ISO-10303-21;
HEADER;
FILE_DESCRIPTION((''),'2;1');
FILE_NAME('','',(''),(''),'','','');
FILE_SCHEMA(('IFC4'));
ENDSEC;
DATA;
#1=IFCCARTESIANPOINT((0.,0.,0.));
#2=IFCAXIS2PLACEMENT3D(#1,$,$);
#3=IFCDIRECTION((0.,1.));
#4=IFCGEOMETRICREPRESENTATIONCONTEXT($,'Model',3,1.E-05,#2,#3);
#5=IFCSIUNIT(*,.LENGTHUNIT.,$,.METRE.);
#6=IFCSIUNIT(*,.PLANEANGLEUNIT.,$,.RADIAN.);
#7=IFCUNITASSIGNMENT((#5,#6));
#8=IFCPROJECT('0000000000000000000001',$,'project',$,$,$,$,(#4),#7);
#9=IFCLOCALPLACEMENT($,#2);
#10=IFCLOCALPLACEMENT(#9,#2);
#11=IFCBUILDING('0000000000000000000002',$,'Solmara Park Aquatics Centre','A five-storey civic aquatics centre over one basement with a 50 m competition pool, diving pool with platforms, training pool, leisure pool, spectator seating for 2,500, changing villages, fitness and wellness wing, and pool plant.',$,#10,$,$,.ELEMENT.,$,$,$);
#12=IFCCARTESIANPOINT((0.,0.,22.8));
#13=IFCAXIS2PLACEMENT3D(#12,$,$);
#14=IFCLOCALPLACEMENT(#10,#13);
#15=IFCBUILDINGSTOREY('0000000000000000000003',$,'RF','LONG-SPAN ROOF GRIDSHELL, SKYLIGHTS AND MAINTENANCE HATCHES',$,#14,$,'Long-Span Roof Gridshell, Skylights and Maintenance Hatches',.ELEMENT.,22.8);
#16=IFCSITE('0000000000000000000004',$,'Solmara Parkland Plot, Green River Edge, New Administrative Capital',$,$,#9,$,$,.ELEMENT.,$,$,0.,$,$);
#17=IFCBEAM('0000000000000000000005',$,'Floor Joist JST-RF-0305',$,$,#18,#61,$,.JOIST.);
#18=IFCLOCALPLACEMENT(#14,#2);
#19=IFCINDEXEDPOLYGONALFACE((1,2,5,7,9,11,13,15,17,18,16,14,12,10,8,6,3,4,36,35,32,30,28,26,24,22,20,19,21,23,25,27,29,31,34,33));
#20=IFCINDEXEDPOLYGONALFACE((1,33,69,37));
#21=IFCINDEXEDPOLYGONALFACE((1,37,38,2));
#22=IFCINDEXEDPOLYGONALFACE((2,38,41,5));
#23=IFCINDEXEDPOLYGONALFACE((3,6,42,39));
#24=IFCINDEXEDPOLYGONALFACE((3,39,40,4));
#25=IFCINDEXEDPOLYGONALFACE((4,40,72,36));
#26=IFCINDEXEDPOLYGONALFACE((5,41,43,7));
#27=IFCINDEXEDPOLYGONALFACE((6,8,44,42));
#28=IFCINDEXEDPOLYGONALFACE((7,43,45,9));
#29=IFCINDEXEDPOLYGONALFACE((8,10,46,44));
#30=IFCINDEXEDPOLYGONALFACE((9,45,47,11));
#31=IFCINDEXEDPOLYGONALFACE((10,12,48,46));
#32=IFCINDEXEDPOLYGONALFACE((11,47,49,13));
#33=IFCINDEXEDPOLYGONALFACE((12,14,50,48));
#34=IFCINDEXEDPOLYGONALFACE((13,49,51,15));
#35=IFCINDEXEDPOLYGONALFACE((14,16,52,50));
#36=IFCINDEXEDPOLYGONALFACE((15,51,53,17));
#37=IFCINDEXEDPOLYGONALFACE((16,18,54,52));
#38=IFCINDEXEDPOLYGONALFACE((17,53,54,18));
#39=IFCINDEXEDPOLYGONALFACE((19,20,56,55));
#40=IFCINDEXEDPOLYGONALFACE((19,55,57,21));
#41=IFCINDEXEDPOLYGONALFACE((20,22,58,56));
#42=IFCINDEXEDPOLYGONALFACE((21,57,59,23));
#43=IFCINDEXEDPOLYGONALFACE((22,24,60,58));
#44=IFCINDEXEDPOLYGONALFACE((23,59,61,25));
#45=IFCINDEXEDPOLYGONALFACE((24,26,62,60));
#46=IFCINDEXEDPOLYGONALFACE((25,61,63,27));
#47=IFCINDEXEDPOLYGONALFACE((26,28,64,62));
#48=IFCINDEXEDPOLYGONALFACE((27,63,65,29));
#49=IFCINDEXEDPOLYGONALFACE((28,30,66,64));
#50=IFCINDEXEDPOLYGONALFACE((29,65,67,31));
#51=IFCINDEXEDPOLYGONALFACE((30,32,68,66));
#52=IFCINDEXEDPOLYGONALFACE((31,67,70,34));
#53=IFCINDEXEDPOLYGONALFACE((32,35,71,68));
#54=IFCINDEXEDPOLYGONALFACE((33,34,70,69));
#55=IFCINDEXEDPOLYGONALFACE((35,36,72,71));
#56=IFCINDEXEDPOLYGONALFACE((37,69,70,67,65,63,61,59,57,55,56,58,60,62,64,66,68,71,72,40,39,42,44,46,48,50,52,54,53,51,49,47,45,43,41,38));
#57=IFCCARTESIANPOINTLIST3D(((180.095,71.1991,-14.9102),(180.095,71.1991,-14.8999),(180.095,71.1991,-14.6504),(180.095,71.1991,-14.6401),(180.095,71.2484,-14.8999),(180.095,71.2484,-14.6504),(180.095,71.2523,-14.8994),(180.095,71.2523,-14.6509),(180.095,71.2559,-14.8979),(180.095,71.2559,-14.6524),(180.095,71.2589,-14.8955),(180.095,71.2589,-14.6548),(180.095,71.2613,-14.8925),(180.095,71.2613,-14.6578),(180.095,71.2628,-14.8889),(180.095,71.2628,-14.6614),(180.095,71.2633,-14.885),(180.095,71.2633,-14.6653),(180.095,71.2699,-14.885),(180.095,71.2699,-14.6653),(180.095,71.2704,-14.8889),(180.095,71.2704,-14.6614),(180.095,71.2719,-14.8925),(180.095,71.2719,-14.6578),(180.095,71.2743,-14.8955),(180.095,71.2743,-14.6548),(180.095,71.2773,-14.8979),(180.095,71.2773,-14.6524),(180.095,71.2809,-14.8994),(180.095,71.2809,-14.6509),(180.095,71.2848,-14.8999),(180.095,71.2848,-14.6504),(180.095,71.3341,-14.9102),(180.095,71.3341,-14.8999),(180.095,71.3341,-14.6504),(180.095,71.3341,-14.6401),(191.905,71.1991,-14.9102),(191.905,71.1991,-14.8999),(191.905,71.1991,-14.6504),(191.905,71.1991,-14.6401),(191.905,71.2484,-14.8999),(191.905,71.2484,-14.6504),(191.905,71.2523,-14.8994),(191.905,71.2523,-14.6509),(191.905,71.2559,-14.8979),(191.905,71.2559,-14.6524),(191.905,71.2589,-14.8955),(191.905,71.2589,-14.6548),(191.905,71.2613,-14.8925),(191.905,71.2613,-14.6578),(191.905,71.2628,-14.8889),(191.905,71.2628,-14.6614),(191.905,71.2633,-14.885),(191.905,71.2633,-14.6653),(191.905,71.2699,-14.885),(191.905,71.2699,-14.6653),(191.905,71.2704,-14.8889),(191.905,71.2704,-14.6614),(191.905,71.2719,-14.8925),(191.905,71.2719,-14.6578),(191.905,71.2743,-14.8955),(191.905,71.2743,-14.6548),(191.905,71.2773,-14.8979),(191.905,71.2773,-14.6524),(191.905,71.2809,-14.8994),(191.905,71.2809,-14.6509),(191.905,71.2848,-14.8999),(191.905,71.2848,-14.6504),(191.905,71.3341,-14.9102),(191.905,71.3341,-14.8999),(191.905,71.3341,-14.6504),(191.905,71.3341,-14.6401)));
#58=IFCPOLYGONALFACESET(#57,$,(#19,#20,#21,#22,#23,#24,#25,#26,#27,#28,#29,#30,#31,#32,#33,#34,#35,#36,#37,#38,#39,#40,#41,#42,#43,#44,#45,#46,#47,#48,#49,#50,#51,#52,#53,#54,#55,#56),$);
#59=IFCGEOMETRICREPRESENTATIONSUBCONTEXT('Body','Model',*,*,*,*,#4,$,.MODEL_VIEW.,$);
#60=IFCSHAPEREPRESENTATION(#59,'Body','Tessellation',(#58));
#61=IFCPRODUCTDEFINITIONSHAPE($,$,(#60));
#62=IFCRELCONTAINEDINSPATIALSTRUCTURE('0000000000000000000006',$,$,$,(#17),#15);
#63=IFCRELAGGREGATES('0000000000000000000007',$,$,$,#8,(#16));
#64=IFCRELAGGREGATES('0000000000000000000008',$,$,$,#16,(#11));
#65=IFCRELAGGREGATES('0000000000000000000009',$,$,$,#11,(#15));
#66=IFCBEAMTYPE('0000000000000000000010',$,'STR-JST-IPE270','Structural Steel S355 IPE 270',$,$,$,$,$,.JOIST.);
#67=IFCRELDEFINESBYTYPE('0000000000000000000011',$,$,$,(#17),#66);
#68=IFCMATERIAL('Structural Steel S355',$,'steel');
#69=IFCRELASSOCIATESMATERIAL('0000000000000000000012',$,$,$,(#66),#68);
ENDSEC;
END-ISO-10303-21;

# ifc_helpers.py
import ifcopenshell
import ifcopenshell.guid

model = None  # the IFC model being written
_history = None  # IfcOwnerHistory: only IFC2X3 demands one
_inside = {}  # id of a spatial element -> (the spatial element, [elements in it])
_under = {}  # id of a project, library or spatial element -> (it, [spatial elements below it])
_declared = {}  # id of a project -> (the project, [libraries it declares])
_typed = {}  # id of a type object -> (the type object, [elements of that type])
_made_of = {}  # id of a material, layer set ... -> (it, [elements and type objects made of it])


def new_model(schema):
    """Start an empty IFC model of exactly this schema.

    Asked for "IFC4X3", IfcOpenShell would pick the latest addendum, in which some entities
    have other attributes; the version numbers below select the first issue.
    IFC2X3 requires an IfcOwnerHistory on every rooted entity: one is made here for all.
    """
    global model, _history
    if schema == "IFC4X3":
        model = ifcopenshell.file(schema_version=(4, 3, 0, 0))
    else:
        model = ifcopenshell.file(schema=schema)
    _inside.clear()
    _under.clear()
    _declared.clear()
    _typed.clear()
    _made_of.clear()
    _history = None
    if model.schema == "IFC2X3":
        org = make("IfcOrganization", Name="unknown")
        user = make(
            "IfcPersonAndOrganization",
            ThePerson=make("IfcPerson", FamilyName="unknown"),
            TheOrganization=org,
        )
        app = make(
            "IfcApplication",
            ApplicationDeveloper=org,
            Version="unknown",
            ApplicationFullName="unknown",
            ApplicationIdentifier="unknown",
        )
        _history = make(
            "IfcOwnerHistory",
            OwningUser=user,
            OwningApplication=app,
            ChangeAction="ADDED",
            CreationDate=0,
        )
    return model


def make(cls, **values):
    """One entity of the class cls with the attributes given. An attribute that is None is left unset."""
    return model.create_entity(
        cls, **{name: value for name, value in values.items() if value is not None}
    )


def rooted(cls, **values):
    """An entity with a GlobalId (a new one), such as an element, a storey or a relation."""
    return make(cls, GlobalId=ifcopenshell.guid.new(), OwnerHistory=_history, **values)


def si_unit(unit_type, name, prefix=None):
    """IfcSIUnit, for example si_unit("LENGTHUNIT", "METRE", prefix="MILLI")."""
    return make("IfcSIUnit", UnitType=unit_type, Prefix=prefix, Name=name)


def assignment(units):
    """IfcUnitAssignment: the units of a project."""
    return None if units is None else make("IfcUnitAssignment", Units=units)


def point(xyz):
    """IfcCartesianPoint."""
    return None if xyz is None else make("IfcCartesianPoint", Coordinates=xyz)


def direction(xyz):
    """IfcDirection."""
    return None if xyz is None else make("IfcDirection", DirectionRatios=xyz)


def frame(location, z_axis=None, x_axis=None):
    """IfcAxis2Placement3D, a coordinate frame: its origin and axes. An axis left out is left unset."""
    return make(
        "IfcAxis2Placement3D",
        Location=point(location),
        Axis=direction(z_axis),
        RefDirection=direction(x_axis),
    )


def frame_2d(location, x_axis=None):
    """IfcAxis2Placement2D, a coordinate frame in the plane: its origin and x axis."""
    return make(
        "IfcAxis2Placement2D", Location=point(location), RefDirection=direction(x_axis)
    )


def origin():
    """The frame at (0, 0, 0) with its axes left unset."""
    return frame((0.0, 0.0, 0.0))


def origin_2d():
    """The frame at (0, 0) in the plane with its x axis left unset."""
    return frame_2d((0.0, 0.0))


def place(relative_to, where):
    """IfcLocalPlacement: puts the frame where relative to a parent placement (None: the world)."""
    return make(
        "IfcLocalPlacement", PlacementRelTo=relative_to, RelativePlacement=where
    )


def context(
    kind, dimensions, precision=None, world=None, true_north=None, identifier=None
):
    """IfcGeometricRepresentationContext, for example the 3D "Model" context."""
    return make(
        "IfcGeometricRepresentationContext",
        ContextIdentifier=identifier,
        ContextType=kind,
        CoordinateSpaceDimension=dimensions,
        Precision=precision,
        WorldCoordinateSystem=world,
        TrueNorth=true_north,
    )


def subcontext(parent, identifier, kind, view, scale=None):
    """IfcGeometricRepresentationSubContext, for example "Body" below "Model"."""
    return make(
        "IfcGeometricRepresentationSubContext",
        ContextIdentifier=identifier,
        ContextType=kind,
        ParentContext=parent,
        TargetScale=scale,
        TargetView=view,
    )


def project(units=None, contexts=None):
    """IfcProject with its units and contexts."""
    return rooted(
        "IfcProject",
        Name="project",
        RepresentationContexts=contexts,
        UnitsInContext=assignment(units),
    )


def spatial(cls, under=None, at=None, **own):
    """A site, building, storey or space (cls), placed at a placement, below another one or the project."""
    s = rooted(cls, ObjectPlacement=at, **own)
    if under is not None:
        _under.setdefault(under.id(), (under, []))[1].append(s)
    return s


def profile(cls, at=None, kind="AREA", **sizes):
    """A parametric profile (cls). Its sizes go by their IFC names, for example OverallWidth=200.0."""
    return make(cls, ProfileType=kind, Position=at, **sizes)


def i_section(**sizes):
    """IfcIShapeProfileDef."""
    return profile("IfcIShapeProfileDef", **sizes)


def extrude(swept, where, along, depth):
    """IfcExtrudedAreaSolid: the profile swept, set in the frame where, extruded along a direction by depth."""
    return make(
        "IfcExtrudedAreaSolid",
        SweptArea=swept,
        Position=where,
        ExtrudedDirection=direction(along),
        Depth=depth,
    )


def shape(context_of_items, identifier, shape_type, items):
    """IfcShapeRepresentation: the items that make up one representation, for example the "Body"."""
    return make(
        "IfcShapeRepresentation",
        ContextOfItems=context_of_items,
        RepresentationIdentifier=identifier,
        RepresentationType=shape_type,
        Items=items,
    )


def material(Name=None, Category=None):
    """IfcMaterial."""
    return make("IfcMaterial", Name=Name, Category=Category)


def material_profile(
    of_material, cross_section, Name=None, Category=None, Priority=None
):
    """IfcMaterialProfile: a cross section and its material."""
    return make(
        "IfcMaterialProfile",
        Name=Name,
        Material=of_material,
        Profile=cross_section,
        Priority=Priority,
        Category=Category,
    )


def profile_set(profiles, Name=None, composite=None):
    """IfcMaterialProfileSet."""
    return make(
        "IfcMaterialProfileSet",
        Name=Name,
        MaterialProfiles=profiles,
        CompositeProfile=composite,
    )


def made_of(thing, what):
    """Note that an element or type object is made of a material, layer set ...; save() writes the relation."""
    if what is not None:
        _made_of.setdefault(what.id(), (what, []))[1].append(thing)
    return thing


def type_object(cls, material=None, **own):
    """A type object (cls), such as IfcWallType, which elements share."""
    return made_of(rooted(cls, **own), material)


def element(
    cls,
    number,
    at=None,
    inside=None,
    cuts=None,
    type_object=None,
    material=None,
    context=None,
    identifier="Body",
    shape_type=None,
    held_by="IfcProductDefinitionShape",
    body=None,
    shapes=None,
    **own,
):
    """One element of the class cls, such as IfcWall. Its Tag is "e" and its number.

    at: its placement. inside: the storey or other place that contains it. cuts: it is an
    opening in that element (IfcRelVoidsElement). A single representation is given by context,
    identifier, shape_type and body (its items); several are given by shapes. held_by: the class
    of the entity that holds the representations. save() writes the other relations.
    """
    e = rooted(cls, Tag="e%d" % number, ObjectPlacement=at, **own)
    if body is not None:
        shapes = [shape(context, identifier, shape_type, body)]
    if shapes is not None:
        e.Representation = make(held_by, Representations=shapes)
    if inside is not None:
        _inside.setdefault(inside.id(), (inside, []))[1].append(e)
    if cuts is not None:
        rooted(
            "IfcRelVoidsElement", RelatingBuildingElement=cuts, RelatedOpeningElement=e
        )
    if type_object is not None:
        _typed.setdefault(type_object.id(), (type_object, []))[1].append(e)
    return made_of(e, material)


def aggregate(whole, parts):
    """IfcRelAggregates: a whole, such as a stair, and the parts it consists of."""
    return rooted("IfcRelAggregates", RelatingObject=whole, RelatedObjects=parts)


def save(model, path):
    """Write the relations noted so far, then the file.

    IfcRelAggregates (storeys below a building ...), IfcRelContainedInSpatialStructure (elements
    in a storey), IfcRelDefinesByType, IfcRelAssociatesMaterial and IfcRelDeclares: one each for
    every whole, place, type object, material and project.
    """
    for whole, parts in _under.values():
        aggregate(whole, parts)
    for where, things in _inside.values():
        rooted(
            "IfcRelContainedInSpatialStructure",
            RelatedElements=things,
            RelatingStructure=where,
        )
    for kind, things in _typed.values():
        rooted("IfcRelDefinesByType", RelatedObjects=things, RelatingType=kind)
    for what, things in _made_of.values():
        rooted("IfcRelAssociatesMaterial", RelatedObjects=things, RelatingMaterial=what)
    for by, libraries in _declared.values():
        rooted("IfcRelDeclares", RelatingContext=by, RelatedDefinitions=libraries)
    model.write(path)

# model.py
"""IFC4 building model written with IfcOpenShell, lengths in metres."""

from ifc_helpers import new_model, si_unit, direction, frame, origin, origin_2d, place, context, subcontext, project, spatial, i_section, extrude, material, material_profile, profile_set, type_object, element, save


model = new_model("IFC4")

# Units and contexts
model_context = context("Model", 3, precision=1e-05, world=origin(), true_north=direction((0.0, 1.0)))
body_context = subcontext(model_context, "Body", "Model", "MODEL_VIEW")
ifc_project = project(units=[si_unit("LENGTHUNIT", "METRE"), si_unit("PLANEANGLEUNIT", "RADIAN")], contexts=[model_context])

# Site, building, storey
site_placement = place(None, origin())
site = spatial("IfcSite", under=ifc_project, at=site_placement, Name="Solmara Parkland Plot, Green River Edge, New Administrative Capital", CompositionType="ELEMENT", RefElevation=0.0)
building_placement = place(site_placement, origin())
building = spatial("IfcBuilding", under=site, at=building_placement, Name="Solmara Park Aquatics Centre", Description="A five-storey civic aquatics centre over one basement with a 50 m competition pool, diving pool with platforms, training pool, leisure pool, spectator seating for 2,500, changing villages, fitness and wellness wing, and pool plant.", CompositionType="ELEMENT")
storey_placement = place(building_placement, frame((0.0, 0.0, 22.8)))
storey = spatial("IfcBuildingStorey", under=building, at=storey_placement, Name="RF", Description="LONG-SPAN ROOF GRIDSHELL, SKYLIGHTS AND MAINTENANCE HATCHES", LongName="Long-Span Roof Gridshell, Skylights and Maintenance Hatches", CompositionType="ELEMENT", Elevation=22.8)

# Shared definitions
ifc_material_1 = material(Name="Structural Steel S355", Category="steel")

# Beam
ifc_material_profile_1 = material_profile(ifc_material_1, i_section(OverallWidth=0.135, OverallDepth=0.27, WebThickness=0.0066, FlangeThickness=0.0103, FilletRadius=0.0149, at=origin_2d()), Name="IPE 270")
ifc_profile_set_1 = profile_set([ifc_material_profile_1], Name="Structural Steel S355")
beam_type_1 = type_object("IfcBeamType", Name="STR-JST-IPE270", Description="Structural Steel S355 IPE 270", PredefinedType="JOIST", material=ifc_profile_set_1)
for number, where, z_axis, x_axis, name in (
    (1, (180.095, 71.2666, -14.7751), (1.0, 0.0, 0.0), (0.0, 1.0, 0.0), "Floor Joist JST-RF-0305"),
):
    element("IfcBeam", number, at=place(storey_placement, frame(where, z_axis=z_axis, x_axis=x_axis)), inside=storey, type_object=beam_type_1, Name=name, PredefinedType="JOIST", context=body_context, shape_type="SweptSolid", body=[
        extrude(i_section(OverallWidth=0.135, OverallDepth=0.27, WebThickness=0.0066, FlangeThickness=0.0103, FilletRadius=0.0149, at=origin_2d()), origin(), (0.0, 0.0, 1.0), 11.8101),
    ])

save(model, "model.ifc")
